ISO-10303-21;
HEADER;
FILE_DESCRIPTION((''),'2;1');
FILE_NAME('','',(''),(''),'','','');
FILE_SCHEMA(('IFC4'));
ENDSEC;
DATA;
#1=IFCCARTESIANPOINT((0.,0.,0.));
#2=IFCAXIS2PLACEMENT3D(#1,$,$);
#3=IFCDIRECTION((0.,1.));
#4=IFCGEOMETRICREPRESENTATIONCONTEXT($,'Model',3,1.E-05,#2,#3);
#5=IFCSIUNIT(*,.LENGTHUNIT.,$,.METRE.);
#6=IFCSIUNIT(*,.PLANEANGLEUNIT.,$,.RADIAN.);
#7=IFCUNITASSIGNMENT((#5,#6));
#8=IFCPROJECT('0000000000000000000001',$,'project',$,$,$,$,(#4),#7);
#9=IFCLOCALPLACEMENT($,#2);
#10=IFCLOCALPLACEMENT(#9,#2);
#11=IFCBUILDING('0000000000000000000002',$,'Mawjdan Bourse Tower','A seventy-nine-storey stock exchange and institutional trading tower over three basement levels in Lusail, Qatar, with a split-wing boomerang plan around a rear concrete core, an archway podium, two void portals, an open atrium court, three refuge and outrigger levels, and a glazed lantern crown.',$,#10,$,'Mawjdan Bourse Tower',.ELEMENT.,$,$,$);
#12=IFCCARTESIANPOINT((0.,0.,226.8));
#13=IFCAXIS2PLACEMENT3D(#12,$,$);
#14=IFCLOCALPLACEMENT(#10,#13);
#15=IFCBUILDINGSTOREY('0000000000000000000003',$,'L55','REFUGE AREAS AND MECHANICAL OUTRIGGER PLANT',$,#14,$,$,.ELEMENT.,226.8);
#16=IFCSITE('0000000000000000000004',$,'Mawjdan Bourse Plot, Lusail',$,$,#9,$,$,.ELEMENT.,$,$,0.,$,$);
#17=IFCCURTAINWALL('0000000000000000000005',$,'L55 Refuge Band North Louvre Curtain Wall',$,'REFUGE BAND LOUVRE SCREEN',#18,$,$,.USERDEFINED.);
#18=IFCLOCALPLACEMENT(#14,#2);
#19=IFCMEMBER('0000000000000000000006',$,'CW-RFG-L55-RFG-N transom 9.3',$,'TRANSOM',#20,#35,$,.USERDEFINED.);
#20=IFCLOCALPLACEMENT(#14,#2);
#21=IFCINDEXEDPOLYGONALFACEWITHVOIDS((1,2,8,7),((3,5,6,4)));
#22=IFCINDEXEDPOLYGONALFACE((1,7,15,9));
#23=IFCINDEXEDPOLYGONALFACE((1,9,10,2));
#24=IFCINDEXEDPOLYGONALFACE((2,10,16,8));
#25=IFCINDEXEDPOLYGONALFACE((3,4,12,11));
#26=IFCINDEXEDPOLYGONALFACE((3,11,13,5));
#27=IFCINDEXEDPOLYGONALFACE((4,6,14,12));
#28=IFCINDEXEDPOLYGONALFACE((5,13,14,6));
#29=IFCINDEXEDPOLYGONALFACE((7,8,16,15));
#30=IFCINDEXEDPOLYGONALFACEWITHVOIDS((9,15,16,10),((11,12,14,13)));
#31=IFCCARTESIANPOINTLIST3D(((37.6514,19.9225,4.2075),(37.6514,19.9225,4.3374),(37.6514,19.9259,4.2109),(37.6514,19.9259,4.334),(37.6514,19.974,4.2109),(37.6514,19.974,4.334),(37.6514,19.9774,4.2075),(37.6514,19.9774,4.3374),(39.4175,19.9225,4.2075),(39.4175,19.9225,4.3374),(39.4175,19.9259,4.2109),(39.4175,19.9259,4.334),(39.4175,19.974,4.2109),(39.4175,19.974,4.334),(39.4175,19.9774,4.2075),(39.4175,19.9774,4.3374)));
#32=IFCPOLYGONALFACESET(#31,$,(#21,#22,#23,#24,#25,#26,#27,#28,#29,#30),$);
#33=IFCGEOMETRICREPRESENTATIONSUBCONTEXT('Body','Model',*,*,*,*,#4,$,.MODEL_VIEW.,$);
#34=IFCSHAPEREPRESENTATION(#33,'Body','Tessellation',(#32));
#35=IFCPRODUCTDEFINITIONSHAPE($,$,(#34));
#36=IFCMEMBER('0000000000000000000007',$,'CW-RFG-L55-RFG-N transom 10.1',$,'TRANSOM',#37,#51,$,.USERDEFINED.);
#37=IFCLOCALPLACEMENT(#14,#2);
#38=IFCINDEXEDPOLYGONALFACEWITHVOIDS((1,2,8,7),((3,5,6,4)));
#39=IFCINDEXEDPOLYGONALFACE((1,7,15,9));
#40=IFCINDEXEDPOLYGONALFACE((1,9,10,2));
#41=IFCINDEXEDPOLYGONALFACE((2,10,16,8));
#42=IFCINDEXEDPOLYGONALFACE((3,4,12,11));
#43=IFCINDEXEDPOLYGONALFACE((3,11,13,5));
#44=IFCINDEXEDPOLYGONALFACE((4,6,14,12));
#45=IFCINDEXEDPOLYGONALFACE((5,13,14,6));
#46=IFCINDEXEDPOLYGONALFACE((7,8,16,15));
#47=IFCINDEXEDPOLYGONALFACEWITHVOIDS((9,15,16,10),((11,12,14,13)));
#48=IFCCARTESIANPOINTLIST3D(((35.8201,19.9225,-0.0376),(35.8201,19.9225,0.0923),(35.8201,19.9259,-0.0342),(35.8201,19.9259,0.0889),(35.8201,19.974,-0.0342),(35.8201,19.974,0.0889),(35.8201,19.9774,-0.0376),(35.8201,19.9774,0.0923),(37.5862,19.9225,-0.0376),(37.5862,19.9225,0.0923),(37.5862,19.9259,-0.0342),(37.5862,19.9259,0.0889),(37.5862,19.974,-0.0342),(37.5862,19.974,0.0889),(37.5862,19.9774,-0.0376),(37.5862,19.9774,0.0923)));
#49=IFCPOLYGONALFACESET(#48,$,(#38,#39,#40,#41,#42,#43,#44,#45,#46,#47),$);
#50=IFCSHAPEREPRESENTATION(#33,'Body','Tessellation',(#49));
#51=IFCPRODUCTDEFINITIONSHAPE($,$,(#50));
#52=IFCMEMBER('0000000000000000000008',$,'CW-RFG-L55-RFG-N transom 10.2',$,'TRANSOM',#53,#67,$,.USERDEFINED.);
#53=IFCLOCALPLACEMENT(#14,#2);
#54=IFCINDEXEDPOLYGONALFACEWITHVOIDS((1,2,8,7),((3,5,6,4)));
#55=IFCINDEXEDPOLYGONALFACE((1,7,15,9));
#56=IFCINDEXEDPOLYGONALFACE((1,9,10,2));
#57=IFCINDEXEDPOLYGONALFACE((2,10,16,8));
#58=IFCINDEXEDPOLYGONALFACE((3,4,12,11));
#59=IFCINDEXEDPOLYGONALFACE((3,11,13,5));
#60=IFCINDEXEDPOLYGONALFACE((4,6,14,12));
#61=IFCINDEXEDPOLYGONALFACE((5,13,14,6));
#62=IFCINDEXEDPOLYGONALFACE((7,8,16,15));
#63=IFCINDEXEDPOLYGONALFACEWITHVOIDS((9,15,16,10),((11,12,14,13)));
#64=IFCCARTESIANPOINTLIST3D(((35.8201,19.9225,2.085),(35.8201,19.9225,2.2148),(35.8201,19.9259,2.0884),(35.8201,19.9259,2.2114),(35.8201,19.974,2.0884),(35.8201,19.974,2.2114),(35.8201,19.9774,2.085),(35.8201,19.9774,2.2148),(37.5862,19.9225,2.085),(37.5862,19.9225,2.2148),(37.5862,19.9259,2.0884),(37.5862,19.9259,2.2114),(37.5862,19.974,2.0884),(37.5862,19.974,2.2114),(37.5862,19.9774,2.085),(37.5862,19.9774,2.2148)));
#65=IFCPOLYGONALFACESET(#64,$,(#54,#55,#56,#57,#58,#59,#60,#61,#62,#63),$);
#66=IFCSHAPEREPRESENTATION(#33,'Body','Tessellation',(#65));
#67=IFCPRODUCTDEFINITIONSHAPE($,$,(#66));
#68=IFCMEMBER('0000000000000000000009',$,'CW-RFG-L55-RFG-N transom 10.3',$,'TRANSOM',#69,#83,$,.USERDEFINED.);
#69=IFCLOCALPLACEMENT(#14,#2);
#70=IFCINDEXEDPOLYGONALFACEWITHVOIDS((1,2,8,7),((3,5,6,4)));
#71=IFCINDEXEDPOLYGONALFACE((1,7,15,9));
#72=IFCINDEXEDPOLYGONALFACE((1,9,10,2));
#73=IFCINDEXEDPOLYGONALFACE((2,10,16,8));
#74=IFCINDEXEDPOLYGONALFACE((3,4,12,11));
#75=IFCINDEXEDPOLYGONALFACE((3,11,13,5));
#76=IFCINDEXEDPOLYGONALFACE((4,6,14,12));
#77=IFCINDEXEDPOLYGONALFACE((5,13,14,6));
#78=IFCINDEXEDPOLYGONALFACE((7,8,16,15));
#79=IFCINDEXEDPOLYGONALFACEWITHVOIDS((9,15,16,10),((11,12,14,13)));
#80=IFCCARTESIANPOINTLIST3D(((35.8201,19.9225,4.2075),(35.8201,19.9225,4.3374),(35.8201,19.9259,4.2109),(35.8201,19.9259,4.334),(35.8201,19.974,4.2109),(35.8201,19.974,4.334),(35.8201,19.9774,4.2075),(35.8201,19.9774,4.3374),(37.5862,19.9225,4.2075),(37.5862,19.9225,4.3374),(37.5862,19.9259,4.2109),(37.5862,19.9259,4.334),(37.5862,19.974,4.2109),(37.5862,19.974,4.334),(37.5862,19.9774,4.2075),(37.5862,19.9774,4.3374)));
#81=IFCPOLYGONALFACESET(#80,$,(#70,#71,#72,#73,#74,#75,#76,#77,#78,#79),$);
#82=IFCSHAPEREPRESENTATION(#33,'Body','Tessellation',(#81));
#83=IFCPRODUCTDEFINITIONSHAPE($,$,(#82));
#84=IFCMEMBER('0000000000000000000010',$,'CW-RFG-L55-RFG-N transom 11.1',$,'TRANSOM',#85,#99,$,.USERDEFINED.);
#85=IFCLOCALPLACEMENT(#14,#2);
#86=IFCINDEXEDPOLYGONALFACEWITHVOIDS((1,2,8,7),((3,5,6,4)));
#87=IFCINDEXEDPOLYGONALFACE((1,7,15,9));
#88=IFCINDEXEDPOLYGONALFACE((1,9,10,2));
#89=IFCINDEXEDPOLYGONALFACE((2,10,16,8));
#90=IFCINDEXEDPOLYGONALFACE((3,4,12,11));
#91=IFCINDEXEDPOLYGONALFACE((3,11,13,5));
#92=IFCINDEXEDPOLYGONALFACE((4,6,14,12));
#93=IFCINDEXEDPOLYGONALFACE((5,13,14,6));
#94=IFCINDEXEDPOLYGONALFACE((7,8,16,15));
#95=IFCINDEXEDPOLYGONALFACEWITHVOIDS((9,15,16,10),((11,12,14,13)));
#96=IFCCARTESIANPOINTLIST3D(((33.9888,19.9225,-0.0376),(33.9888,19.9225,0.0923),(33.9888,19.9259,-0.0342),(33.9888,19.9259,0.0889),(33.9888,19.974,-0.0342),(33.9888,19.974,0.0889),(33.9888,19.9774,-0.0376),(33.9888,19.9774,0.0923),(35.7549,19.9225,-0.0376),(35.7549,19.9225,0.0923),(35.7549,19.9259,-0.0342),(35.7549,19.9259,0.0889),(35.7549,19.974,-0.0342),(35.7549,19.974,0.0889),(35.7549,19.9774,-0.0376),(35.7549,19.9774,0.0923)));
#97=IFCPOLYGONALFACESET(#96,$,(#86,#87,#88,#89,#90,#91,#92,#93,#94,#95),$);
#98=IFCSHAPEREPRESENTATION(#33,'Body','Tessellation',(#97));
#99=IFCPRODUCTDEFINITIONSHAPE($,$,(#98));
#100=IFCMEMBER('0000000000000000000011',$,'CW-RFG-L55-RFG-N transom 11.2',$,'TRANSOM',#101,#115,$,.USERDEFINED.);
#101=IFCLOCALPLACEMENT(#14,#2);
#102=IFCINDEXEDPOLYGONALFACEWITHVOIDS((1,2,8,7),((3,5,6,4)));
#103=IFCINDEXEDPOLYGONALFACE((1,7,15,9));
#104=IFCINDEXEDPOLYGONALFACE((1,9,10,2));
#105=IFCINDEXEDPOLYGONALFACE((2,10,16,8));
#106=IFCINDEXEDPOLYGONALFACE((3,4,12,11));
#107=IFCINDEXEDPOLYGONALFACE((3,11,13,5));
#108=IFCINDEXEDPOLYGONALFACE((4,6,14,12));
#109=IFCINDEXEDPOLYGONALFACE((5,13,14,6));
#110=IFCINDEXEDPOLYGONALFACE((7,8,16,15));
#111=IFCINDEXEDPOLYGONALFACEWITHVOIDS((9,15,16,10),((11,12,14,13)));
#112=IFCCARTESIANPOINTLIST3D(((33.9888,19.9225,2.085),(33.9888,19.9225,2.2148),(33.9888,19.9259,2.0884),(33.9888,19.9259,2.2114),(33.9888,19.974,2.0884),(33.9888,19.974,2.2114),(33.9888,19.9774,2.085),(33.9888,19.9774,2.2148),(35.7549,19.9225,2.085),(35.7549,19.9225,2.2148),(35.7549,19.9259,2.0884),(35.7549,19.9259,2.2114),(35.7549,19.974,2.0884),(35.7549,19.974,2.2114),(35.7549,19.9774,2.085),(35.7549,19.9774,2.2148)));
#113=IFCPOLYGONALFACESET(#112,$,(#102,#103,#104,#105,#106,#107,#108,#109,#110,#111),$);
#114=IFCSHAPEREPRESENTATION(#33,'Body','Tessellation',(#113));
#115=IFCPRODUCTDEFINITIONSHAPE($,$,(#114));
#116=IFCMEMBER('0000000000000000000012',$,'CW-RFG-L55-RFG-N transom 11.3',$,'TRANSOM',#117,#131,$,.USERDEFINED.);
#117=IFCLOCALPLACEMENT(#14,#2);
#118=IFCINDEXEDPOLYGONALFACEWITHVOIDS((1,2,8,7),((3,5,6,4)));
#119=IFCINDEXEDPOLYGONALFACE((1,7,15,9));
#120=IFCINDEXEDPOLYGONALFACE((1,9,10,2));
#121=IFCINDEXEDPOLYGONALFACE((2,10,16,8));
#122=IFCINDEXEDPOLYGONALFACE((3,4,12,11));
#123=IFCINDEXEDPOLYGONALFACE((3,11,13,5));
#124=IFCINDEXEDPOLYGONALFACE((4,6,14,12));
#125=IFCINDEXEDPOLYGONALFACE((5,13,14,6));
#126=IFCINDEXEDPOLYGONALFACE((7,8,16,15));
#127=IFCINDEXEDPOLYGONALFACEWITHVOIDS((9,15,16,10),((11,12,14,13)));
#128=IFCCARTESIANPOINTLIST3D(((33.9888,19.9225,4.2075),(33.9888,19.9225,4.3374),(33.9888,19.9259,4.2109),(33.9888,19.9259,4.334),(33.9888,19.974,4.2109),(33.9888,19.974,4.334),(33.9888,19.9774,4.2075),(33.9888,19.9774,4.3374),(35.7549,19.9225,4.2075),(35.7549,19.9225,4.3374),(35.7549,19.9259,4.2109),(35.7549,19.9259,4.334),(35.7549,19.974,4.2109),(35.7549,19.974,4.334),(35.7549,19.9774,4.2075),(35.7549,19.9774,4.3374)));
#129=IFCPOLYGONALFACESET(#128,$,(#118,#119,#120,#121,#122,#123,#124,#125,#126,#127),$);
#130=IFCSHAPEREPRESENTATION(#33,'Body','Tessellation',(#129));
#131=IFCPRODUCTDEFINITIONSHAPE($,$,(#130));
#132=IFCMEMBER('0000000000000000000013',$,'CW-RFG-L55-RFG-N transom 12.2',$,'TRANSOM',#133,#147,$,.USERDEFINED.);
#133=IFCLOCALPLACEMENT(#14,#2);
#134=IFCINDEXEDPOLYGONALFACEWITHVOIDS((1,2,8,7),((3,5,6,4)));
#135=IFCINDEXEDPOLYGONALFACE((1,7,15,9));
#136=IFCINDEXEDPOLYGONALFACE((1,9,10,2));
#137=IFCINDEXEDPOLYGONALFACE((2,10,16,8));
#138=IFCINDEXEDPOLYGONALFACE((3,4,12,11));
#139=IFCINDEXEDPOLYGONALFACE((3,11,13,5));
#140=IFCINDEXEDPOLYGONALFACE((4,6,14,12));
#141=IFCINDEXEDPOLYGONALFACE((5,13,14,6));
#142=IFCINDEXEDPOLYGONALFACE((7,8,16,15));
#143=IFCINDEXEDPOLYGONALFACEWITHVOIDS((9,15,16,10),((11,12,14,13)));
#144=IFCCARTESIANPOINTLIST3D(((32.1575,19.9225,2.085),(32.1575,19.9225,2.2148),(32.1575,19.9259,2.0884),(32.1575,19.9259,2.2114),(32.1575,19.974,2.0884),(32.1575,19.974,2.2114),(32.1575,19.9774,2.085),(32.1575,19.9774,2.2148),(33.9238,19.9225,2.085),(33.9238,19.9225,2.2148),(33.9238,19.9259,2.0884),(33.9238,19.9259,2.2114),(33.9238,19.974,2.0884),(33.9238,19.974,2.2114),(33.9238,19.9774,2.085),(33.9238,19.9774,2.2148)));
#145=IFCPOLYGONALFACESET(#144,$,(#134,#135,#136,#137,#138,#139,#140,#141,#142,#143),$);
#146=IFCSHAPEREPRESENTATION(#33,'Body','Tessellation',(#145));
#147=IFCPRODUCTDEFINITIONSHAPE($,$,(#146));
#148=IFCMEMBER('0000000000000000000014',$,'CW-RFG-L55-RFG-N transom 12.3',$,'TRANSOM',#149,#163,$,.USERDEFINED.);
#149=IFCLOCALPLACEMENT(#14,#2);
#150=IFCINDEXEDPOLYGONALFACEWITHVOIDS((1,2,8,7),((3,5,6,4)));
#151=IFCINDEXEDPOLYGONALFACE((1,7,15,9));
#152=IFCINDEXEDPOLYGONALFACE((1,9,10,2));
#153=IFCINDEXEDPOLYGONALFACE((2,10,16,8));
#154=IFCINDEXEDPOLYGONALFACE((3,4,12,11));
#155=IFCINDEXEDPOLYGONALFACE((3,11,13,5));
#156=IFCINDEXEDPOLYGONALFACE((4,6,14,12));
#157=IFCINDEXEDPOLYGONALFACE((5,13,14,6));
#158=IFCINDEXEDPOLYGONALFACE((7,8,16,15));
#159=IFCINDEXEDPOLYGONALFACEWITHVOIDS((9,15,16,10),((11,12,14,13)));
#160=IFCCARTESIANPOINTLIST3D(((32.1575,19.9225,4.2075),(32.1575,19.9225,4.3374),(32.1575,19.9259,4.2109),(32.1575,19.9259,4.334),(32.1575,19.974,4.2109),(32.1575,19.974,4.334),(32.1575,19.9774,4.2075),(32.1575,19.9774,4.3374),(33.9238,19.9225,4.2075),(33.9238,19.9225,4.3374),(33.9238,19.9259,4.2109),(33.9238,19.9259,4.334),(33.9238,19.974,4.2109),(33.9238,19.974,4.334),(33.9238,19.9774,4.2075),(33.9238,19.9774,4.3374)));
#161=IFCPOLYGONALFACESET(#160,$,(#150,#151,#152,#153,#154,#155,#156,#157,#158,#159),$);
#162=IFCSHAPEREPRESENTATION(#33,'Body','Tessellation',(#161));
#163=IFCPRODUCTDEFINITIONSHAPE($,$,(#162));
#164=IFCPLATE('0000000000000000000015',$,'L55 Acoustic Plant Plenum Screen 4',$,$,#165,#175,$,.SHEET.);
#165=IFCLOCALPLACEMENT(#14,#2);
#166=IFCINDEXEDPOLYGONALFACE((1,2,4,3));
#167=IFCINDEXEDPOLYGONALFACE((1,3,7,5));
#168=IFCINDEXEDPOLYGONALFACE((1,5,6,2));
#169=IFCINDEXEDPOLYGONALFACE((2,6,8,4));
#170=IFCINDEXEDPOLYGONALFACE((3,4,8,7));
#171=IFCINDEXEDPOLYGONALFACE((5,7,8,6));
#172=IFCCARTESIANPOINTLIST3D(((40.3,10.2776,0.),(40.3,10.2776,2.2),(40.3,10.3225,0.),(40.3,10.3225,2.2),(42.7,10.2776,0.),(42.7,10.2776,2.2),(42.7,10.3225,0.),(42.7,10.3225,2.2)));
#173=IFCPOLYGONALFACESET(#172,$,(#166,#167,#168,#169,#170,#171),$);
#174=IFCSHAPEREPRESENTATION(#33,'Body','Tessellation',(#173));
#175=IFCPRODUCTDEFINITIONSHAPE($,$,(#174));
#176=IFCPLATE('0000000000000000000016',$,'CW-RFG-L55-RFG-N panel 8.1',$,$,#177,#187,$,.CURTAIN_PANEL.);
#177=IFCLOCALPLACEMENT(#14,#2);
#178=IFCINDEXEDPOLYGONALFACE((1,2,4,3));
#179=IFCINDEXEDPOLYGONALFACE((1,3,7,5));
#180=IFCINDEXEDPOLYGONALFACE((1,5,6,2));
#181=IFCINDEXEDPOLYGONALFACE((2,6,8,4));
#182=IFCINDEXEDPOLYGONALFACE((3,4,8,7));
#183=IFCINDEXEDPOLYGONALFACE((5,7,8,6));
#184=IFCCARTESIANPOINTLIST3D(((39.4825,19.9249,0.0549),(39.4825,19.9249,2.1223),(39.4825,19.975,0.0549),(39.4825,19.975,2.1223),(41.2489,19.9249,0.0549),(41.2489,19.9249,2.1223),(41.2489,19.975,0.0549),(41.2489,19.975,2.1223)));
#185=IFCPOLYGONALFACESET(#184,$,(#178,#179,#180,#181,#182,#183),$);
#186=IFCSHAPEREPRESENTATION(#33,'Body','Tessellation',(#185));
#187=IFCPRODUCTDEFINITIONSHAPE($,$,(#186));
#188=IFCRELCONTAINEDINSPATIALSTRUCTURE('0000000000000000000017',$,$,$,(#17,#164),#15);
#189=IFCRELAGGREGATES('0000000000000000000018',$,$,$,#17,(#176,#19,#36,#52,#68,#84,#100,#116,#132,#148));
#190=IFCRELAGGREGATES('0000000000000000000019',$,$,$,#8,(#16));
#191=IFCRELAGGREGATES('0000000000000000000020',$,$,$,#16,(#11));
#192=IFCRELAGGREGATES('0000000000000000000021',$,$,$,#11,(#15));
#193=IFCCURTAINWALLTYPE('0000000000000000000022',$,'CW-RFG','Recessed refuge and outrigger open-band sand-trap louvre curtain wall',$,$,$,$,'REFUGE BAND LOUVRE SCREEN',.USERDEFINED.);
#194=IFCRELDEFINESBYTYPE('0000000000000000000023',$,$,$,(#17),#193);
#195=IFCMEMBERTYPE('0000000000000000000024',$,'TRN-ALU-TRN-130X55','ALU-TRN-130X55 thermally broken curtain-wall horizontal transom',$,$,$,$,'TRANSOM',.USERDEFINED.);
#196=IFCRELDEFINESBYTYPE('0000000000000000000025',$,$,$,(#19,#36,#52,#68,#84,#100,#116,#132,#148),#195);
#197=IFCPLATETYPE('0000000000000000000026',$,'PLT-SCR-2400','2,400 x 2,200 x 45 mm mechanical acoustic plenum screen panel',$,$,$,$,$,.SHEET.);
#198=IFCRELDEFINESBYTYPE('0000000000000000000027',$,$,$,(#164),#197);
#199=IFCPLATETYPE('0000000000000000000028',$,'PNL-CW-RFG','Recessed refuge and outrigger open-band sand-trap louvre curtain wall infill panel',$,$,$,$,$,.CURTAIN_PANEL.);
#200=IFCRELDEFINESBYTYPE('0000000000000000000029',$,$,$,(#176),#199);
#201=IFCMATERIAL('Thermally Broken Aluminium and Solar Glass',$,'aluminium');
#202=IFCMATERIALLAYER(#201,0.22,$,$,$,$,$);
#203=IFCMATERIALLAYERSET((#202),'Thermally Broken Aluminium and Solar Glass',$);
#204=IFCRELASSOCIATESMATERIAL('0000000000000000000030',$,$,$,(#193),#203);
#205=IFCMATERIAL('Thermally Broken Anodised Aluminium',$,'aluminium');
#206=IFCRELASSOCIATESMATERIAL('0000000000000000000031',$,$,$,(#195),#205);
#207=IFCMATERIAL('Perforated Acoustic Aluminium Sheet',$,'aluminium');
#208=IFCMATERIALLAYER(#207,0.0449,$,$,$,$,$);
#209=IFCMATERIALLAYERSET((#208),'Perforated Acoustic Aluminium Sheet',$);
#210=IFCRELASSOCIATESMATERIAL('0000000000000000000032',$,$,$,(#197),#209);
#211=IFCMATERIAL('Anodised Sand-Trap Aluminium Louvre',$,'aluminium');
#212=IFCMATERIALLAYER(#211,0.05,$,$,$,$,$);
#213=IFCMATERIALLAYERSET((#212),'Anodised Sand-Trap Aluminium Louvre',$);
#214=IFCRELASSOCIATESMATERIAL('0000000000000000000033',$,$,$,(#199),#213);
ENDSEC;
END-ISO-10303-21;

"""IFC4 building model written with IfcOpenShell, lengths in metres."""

from ifc_helpers import new_model, si_unit, direction, frame, origin, origin_2d, place, context, subcontext, project, spatial, rectangle, hollow_rectangle, extrude, material, layer, layer_set, material_profile, profile_set, type_object, element, aggregate, save


model = new_model("IFC4")

# Units and contexts
model_context = context("Model", 3, precision=1e-05, world=origin(), true_north=direction((0.0, 1.0)))
body_context = subcontext(model_context, "Body", "Model", "MODEL_VIEW")
ifc_project = project(units=[si_unit("LENGTHUNIT", "METRE"), si_unit("PLANEANGLEUNIT", "RADIAN")], contexts=[model_context])

# Site, building, storey
site_placement = place(None, origin())
site = spatial("IfcSite", under=ifc_project, at=site_placement, Name="Mawjdan Bourse Plot, Lusail", CompositionType="ELEMENT", RefElevation=0.0)
building_placement = place(site_placement, origin())
building = spatial("IfcBuilding", under=site, at=building_placement, Name="Mawjdan Bourse Tower", Description="A seventy-nine-storey stock exchange and institutional trading tower over three basement levels in Lusail, Qatar, with a split-wing boomerang plan around a rear concrete core, an archway podium, two void portals, an open atrium court, three refuge and outrigger levels, and a glazed lantern crown.", LongName="Mawjdan Bourse Tower", CompositionType="ELEMENT")
storey_placement = place(building_placement, frame((0.0, 0.0, 226.8)))
storey = spatial("IfcBuildingStorey", under=building, at=storey_placement, Name="L55", Description="REFUGE AREAS AND MECHANICAL OUTRIGGER PLANT", CompositionType="ELEMENT", Elevation=226.8)

# Curtain wall, members
ifc_material_1 = material(Name="Thermally Broken Aluminium and Solar Glass", Category="aluminium")
ifc_layer_1 = layer(ifc_material_1, 0.22)
ifc_layer_set_1 = layer_set([ifc_layer_1], Name="Thermally Broken Aluminium and Solar Glass")
curtain_wall_type = type_object("IfcCurtainWallType", Name="CW-RFG", Description="Recessed refuge and outrigger open-band sand-trap louvre curtain wall", ElementType="REFUGE BAND LOUVRE SCREEN", PredefinedType="USERDEFINED", material=ifc_layer_set_1)
curtain_wall_placement = place(storey_placement, origin())
curtain_wall = element("IfcCurtainWall", 1, at=curtain_wall_placement, inside=storey, type_object=curtain_wall_type, Name="L55 Refuge Band North Louvre Curtain Wall", ObjectType="REFUGE BAND LOUVRE SCREEN", PredefinedType="USERDEFINED")
ifc_material_2 = material(Name="Thermally Broken Anodised Aluminium", Category="aluminium")
ifc_material_profile_1 = material_profile(ifc_material_2, hollow_rectangle(XDim=0.0549, YDim=0.1299, WallThickness=0.0034, at=origin_2d()), Name="ALU-TRN-130X55")
ifc_profile_set_1 = profile_set([ifc_material_profile_1], Name="Thermally Broken Anodised Aluminium")
member_type_1 = type_object("IfcMemberType", Name="TRN-ALU-TRN-130X55", Description="ALU-TRN-130X55 thermally broken curtain-wall horizontal transom", ElementType="TRANSOM", PredefinedType="USERDEFINED", material=ifc_profile_set_1)
member_1_placement = place(storey_placement, frame((39.4175, 19.95, 4.2725), z_axis=(-1.0, 0.0, 0.0), x_axis=(0.0, -1.0, 0.0)))
member_1 = element("IfcMember", 2, at=member_1_placement, type_object=member_type_1, Name="CW-RFG-L55-RFG-N transom 9.3", ObjectType="TRANSOM", PredefinedType="USERDEFINED", context=body_context, shape_type="SweptSolid", body=[
    extrude(hollow_rectangle(XDim=0.0549, YDim=0.1299, WallThickness=0.0034, at=origin_2d()), origin(), (0.0, 0.0, 1.0), 1.7661),
])
member_2_placement = place(storey_placement, frame((37.5862, 19.95, 0.0273), z_axis=(-1.0, 0.0, 0.0), x_axis=(0.0, -1.0, 0.0)))
member_2 = element("IfcMember", 3, at=member_2_placement, type_object=member_type_1, Name="CW-RFG-L55-RFG-N transom 10.1", ObjectType="TRANSOM", PredefinedType="USERDEFINED", context=body_context, shape_type="SweptSolid", body=[
    extrude(hollow_rectangle(XDim=0.0549, YDim=0.1299, WallThickness=0.0034, at=origin_2d()), origin(), (0.0, 0.0, 1.0), 1.7661),
])
member_3_placement = place(storey_placement, frame((37.5862, 19.95, 2.1499), z_axis=(-1.0, 0.0, 0.0), x_axis=(0.0, -1.0, 0.0)))
member_3 = element("IfcMember", 4, at=member_3_placement, type_object=member_type_1, Name="CW-RFG-L55-RFG-N transom 10.2", ObjectType="TRANSOM", PredefinedType="USERDEFINED", context=body_context, shape_type="SweptSolid", body=[
    extrude(hollow_rectangle(XDim=0.0549, YDim=0.1299, WallThickness=0.0034, at=origin_2d()), origin(), (0.0, 0.0, 1.0), 1.7661),
])
member_4_placement = place(storey_placement, frame((37.5862, 19.95, 4.2725), z_axis=(-1.0, 0.0, 0.0), x_axis=(0.0, -1.0, 0.0)))
member_4 = element("IfcMember", 5, at=member_4_placement, type_object=member_type_1, Name="CW-RFG-L55-RFG-N transom 10.3", ObjectType="TRANSOM", PredefinedType="USERDEFINED", context=body_context, shape_type="SweptSolid", body=[
    extrude(hollow_rectangle(XDim=0.0549, YDim=0.1299, WallThickness=0.0034, at=origin_2d()), origin(), (0.0, 0.0, 1.0), 1.7661),
])
member_5_placement = place(storey_placement, frame((35.7549, 19.95, 0.0273), z_axis=(-1.0, 0.0, 0.0), x_axis=(0.0, -1.0, 0.0)))
member_5 = element("IfcMember", 6, at=member_5_placement, type_object=member_type_1, Name="CW-RFG-L55-RFG-N transom 11.1", ObjectType="TRANSOM", PredefinedType="USERDEFINED", context=body_context, shape_type="SweptSolid", body=[
    extrude(hollow_rectangle(XDim=0.0549, YDim=0.1299, WallThickness=0.0034, at=origin_2d()), origin(), (0.0, 0.0, 1.0), 1.7661),
])
member_6_placement = place(storey_placement, frame((35.7549, 19.95, 2.1499), z_axis=(-1.0, 0.0, 0.0), x_axis=(0.0, -1.0, 0.0)))
member_6 = element("IfcMember", 7, at=member_6_placement, type_object=member_type_1, Name="CW-RFG-L55-RFG-N transom 11.2", ObjectType="TRANSOM", PredefinedType="USERDEFINED", context=body_context, shape_type="SweptSolid", body=[
    extrude(hollow_rectangle(XDim=0.0549, YDim=0.1299, WallThickness=0.0034, at=origin_2d()), origin(), (0.0, 0.0, 1.0), 1.7661),
])
member_7_placement = place(storey_placement, frame((35.7549, 19.95, 4.2725), z_axis=(-1.0, 0.0, 0.0), x_axis=(0.0, -1.0, 0.0)))
member_7 = element("IfcMember", 8, at=member_7_placement, type_object=member_type_1, Name="CW-RFG-L55-RFG-N transom 11.3", ObjectType="TRANSOM", PredefinedType="USERDEFINED", context=body_context, shape_type="SweptSolid", body=[
    extrude(hollow_rectangle(XDim=0.0549, YDim=0.1299, WallThickness=0.0034, at=origin_2d()), origin(), (0.0, 0.0, 1.0), 1.7661),
])
member_8_placement = place(storey_placement, frame((33.9238, 19.95, 2.1499), z_axis=(-1.0, 0.0, 0.0), x_axis=(0.0, -1.0, 0.0)))
member_8 = element("IfcMember", 9, at=member_8_placement, type_object=member_type_1, Name="CW-RFG-L55-RFG-N transom 12.2", ObjectType="TRANSOM", PredefinedType="USERDEFINED", context=body_context, shape_type="SweptSolid", body=[
    extrude(hollow_rectangle(XDim=0.0549, YDim=0.1299, WallThickness=0.0034, at=origin_2d()), origin(), (0.0, 0.0, 1.0), 1.7664),
])
member_9_placement = place(storey_placement, frame((33.9238, 19.95, 4.2725), z_axis=(-1.0, 0.0, 0.0), x_axis=(0.0, -1.0, 0.0)))
member_9 = element("IfcMember", 10, at=member_9_placement, type_object=member_type_1, Name="CW-RFG-L55-RFG-N transom 12.3", ObjectType="TRANSOM", PredefinedType="USERDEFINED", context=body_context, shape_type="SweptSolid", body=[
    extrude(hollow_rectangle(XDim=0.0549, YDim=0.1299, WallThickness=0.0034, at=origin_2d()), origin(), (0.0, 0.0, 1.0), 1.7664),
])

# Plates
ifc_material_3 = material(Name="Perforated Acoustic Aluminium Sheet", Category="aluminium")
ifc_layer_2 = layer(ifc_material_3, 0.0449)
ifc_layer_set_2 = layer_set([ifc_layer_2], Name="Perforated Acoustic Aluminium Sheet")
plate_type_1 = type_object("IfcPlateType", Name="PLT-SCR-2400", Description="2,400 x 2,200 x 45 mm mechanical acoustic plenum screen panel", PredefinedType="SHEET", material=ifc_layer_set_2)
plate_1_placement = place(storey_placement, frame((41.5, 10.3, 0.0), z_axis=(0.0, 0.0, 1.0), x_axis=(1.0, 0.0, 0.0)))
element("IfcPlate", 11, at=plate_1_placement, inside=storey, type_object=plate_type_1, Name="L55 Acoustic Plant Plenum Screen 4", PredefinedType="SHEET", context=body_context, shape_type="SweptSolid", body=[
    extrude(rectangle(XDim=2.3999, YDim=0.0449, at=origin_2d()), origin(), (0.0, 0.0, 1.0), 2.2),
])
ifc_material_4 = material(Name="Anodised Sand-Trap Aluminium Louvre", Category="aluminium")
ifc_layer_3 = layer(ifc_material_4, 0.05)
ifc_layer_set_3 = layer_set([ifc_layer_3], Name="Anodised Sand-Trap Aluminium Louvre")
plate_type_2 = type_object("IfcPlateType", Name="PNL-CW-RFG", Description="Recessed refuge and outrigger open-band sand-trap louvre curtain wall infill panel", PredefinedType="CURTAIN_PANEL", material=ifc_layer_set_3)
plate_2_placement = place(storey_placement, frame((40.3657, 19.95, 0.0549), z_axis=(0.0, 0.0, 1.0), x_axis=(-1.0, 0.0, 0.0)))
plate_2 = element("IfcPlate", 12, at=plate_2_placement, type_object=plate_type_2, Name="CW-RFG-L55-RFG-N panel 8.1", PredefinedType="CURTAIN_PANEL", context=body_context, shape_type="SweptSolid", body=[
    extrude(rectangle(XDim=1.7664, YDim=0.05, at=origin_2d()), origin(), (0.0, 0.0, 1.0), 2.0674),
])
aggregate(curtain_wall, [plate_2, member_1, member_2, member_3, member_4, member_5, member_6, member_7, member_8, member_9])

save(model, "model.ifc")
